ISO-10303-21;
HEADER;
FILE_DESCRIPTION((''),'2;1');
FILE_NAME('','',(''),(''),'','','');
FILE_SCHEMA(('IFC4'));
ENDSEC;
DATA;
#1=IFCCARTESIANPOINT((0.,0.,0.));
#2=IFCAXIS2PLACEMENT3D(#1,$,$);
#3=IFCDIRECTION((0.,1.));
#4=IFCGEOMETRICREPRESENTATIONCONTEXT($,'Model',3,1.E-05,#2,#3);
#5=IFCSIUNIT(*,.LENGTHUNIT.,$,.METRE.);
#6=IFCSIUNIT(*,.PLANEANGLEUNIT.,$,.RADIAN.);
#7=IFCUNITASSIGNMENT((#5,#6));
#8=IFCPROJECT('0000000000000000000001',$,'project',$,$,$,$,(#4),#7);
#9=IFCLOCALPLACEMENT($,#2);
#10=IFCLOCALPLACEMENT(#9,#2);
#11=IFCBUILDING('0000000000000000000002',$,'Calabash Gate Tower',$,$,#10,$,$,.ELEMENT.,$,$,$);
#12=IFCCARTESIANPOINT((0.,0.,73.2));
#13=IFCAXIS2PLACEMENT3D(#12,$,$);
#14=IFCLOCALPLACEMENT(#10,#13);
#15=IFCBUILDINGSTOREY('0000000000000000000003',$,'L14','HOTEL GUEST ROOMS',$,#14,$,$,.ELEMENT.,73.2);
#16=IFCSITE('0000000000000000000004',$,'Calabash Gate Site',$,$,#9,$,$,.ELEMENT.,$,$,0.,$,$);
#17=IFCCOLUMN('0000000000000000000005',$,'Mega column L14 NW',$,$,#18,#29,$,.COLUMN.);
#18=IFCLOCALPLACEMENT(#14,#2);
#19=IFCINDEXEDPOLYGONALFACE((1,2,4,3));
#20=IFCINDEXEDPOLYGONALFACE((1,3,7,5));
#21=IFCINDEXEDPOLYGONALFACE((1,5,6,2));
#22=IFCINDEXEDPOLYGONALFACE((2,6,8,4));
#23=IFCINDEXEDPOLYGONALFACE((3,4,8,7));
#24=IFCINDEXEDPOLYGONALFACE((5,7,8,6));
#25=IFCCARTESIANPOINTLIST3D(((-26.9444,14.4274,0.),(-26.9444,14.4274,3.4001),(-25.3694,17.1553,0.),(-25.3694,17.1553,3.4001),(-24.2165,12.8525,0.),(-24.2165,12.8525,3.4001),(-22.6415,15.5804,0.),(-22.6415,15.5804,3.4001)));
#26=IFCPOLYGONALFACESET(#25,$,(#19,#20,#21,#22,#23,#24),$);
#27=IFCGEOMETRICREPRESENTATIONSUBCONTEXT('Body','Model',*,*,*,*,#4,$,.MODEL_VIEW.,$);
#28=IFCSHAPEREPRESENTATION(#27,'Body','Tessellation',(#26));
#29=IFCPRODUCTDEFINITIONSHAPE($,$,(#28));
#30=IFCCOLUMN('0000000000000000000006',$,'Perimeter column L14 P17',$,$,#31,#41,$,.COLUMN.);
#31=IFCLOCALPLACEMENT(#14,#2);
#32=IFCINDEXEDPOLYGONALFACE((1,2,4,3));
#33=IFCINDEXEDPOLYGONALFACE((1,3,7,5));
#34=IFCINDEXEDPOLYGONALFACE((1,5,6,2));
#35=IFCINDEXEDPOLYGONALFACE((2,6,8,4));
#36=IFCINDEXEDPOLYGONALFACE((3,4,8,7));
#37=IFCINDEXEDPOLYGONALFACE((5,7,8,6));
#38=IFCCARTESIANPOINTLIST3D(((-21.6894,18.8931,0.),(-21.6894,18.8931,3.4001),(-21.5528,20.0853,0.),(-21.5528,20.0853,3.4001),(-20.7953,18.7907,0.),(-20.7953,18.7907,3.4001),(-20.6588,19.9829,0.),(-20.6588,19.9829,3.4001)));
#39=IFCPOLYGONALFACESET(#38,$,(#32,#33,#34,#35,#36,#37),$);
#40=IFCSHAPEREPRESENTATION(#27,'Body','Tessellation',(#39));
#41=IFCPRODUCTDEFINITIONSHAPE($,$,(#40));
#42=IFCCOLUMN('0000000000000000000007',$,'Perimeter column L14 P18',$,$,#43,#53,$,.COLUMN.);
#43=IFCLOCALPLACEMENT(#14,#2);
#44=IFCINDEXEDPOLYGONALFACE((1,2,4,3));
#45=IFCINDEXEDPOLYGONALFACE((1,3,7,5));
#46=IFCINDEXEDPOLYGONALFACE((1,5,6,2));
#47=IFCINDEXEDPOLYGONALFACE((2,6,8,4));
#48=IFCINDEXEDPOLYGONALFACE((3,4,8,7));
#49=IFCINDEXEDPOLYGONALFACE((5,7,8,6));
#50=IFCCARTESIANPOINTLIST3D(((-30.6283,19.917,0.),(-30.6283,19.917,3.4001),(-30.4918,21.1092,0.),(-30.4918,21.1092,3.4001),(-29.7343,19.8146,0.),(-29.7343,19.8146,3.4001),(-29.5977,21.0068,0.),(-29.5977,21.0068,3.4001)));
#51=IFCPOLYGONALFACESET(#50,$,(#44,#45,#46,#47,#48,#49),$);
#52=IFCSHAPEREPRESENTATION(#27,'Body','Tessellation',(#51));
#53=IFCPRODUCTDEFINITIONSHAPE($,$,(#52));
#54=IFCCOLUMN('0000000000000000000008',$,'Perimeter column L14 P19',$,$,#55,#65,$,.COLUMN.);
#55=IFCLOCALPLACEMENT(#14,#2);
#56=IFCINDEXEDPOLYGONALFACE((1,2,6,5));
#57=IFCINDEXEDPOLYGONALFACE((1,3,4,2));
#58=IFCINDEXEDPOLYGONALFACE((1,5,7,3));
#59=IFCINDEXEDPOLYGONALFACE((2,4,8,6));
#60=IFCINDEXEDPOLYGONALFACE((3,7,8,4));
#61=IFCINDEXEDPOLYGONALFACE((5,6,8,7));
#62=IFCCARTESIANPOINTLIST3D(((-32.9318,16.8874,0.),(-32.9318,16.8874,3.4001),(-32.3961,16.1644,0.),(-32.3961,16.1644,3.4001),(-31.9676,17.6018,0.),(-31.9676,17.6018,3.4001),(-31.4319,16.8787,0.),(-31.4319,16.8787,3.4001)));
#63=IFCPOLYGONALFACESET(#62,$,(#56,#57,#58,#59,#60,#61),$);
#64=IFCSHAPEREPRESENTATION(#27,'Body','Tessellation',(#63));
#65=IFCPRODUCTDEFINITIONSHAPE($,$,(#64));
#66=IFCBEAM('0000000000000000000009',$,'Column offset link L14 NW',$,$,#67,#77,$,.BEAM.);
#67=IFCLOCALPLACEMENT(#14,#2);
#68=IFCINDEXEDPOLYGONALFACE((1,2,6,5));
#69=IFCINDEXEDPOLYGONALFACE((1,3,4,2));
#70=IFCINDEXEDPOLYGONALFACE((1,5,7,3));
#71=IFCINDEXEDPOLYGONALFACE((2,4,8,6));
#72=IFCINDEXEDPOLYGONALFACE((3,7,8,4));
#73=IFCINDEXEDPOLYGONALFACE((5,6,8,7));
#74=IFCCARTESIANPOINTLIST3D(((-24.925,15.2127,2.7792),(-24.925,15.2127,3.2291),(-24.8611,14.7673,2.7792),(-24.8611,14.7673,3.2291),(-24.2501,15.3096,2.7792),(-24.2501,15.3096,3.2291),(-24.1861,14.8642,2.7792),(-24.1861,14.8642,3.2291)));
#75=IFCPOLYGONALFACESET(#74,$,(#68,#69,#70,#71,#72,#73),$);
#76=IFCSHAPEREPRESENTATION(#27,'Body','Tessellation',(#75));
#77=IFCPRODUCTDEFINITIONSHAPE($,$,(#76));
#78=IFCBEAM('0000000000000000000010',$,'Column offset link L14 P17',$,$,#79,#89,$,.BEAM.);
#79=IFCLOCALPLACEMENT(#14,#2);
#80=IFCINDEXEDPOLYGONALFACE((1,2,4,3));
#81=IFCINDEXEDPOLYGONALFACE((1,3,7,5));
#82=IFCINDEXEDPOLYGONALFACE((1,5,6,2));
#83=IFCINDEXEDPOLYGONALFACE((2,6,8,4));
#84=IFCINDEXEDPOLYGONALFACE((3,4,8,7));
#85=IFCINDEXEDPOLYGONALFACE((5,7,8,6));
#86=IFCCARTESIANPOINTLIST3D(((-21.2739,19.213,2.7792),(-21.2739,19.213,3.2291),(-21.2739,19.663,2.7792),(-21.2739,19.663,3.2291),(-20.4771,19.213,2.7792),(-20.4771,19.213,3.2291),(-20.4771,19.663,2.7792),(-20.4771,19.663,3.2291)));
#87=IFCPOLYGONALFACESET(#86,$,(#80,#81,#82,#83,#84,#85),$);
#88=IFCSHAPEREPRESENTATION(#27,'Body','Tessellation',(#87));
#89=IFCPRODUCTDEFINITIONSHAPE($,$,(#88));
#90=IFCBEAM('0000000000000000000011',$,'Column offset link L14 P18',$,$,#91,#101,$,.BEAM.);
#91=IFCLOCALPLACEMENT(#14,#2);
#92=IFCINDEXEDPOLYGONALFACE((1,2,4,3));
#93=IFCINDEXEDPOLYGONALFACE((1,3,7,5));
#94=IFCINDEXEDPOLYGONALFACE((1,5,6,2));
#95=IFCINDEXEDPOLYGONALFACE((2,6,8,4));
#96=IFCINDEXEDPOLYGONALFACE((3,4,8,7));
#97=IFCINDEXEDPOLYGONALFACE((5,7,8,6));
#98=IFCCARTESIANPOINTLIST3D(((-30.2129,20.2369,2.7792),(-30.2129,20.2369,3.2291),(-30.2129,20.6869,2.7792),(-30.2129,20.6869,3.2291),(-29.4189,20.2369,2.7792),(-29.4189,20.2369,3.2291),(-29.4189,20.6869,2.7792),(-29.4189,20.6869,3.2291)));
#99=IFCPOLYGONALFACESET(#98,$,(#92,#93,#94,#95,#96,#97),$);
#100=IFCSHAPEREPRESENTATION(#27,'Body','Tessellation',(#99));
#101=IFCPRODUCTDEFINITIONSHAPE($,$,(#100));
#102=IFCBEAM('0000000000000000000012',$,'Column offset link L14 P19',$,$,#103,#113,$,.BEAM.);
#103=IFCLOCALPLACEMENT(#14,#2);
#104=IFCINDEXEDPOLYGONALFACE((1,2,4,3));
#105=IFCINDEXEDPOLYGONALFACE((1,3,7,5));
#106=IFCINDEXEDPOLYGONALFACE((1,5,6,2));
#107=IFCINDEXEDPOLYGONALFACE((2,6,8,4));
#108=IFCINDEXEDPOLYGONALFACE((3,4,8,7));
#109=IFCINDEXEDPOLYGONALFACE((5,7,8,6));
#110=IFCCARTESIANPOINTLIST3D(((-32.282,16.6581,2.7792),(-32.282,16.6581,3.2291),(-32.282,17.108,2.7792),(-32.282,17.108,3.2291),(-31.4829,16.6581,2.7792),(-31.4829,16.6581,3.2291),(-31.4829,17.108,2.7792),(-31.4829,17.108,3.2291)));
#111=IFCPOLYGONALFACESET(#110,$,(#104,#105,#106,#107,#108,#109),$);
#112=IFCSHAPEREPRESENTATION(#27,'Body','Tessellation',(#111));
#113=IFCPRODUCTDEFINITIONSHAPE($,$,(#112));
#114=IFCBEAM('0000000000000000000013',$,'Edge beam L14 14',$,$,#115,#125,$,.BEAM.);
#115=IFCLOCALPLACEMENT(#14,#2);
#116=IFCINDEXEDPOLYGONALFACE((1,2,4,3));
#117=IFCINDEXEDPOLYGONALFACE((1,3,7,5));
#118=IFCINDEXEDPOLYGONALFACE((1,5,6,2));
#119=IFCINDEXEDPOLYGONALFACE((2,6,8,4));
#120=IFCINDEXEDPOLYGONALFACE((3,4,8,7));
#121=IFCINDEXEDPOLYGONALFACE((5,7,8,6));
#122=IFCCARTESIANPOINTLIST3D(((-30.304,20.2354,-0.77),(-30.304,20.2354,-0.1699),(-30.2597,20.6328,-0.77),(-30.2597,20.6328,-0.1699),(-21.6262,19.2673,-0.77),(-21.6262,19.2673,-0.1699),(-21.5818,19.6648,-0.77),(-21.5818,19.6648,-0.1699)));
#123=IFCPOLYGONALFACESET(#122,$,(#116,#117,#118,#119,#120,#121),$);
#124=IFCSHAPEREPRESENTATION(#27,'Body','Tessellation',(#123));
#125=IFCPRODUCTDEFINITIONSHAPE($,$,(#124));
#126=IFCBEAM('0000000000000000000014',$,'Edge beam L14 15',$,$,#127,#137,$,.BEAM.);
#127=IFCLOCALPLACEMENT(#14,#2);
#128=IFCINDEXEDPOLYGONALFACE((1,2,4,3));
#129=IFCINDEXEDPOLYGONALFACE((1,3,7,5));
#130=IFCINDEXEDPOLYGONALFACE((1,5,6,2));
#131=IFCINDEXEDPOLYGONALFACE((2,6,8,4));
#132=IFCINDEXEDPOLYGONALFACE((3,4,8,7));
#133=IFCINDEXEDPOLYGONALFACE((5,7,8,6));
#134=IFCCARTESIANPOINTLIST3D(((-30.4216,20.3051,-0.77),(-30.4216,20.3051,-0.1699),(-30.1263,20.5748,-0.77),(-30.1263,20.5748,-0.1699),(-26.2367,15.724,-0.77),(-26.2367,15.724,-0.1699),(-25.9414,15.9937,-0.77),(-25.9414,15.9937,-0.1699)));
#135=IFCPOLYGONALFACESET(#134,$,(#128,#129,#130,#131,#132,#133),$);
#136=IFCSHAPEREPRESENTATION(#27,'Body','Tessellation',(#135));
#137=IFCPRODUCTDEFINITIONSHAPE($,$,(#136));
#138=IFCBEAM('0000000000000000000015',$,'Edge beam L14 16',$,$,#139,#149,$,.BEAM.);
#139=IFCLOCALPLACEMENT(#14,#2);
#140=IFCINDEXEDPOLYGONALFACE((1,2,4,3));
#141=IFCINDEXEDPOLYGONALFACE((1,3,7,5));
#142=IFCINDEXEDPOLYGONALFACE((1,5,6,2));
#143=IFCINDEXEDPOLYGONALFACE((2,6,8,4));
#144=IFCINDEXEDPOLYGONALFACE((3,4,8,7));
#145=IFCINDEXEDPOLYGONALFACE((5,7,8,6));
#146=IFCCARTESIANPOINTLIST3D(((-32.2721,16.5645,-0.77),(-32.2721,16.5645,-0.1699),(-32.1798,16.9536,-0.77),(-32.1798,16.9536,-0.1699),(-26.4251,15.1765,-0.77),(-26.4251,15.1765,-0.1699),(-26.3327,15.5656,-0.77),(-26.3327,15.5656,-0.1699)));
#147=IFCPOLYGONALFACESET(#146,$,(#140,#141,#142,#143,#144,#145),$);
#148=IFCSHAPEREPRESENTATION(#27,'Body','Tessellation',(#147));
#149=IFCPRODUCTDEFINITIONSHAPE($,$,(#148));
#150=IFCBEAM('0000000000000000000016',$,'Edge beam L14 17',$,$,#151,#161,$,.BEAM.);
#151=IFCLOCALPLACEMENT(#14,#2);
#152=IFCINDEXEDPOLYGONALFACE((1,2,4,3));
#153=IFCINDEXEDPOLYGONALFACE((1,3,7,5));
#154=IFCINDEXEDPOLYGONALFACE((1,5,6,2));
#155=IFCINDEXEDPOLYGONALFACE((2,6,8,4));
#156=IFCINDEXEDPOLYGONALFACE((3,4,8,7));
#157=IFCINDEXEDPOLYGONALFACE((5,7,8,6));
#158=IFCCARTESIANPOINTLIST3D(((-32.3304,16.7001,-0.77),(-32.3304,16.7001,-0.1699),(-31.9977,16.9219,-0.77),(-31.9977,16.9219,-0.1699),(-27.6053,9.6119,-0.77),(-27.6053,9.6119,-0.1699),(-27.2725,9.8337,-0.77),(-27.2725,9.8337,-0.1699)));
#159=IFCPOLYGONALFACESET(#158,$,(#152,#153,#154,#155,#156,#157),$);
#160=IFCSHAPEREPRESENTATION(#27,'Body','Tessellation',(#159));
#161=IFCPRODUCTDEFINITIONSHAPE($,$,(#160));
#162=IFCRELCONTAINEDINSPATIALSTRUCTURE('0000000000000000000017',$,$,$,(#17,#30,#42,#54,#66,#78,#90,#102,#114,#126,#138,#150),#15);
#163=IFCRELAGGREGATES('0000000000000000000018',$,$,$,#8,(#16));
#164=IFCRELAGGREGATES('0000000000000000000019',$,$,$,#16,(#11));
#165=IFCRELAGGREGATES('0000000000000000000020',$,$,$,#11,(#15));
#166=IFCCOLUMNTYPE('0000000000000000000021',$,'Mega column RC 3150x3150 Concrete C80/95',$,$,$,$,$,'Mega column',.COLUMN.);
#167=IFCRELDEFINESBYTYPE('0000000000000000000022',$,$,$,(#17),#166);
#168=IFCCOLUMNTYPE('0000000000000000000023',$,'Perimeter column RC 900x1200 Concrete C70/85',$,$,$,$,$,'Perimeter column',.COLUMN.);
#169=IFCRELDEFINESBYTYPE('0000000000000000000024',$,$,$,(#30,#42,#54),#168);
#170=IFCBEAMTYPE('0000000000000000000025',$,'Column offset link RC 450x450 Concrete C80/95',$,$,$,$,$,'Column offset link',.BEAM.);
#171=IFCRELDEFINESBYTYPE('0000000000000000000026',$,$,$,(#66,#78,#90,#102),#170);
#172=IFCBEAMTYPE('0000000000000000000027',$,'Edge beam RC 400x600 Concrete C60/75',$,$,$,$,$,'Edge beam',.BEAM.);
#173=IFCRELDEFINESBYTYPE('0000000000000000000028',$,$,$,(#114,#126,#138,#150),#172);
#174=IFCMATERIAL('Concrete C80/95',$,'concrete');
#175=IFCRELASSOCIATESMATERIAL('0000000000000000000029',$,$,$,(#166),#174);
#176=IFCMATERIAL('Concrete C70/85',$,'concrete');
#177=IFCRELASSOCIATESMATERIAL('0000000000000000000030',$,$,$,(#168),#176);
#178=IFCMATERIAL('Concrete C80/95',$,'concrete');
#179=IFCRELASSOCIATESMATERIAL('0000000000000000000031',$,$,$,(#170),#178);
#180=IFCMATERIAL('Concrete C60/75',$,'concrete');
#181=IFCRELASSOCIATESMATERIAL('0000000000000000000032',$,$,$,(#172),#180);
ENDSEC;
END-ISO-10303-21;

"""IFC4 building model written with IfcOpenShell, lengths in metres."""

from ifc_helpers import new_model, si_unit, direction, frame, origin, origin_2d, place, context, subcontext, project, spatial, rectangle, extrude, material, material_profile, profile_set, type_object, element, save


model = new_model("IFC4")

# Units and contexts
model_context = context("Model", 3, precision=1e-05, world=origin(), true_north=direction((0.0, 1.0)))
body_context = subcontext(model_context, "Body", "Model", "MODEL_VIEW")
ifc_project = project(units=[si_unit("LENGTHUNIT", "METRE"), si_unit("PLANEANGLEUNIT", "RADIAN")], contexts=[model_context])

# Site, building, storey
site_placement = place(None, origin())
site = spatial("IfcSite", under=ifc_project, at=site_placement, Name="Calabash Gate Site", CompositionType="ELEMENT", RefElevation=0.0)
building_placement = place(site_placement, origin())
building = spatial("IfcBuilding", under=site, at=building_placement, Name="Calabash Gate Tower", CompositionType="ELEMENT")
storey_placement = place(building_placement, frame((0.0, 0.0, 73.2)))
storey = spatial("IfcBuildingStorey", under=building, at=storey_placement, Name="L14", Description="HOTEL GUEST ROOMS", CompositionType="ELEMENT", Elevation=73.2)

# Columns
ifc_material_1 = material(Name="Concrete C80/95", Category="concrete")
ifc_material_profile_1 = material_profile(ifc_material_1, rectangle(XDim=3.1499, YDim=3.1499, at=origin_2d()))
ifc_profile_set_1 = profile_set([ifc_material_profile_1], Name="Concrete C80/95")
column_type_1 = type_object("IfcColumnType", Name="Mega column RC 3150x3150 Concrete C80/95", ElementType="Mega column", PredefinedType="COLUMN", material=ifc_profile_set_1)
column_placement = place(storey_placement, frame((-24.793, 15.0039, 0.0), z_axis=(0.0, 0.0, 1.0), x_axis=(0.866025, -0.5, 0.0)))
element("IfcColumn", 1, at=column_placement, inside=storey, type_object=column_type_1, Name="Mega column L14 NW", PredefinedType="COLUMN", context=body_context, shape_type="SweptSolid", body=[
    extrude(rectangle(XDim=3.1499, YDim=3.1499, at=origin_2d()), origin(), (0.0, 0.0, 1.0), 3.4001),
])
ifc_material_2 = material(Name="Concrete C70/85", Category="concrete")
ifc_material_profile_2 = material_profile(ifc_material_2, rectangle(XDim=0.8999, YDim=1.2, at=origin_2d()))
ifc_profile_set_2 = profile_set([ifc_material_profile_2], Name="Concrete C70/85")
column_type_2 = type_object("IfcColumnType", Name="Perimeter column RC 900x1200 Concrete C70/85", ElementType="Perimeter column", PredefinedType="COLUMN", material=ifc_profile_set_2)
for number, where, z_axis, x_axis, name in (
    (2, (-21.1741, 19.438, 0.0), (0.0, 0.0, 1.0), (-0.993506, 0.113777, 0.0), "Perimeter column L14 P17"),
    (3, (-30.113, 20.4619, 0.0), (0.0, 0.0, 1.0), (-0.993506, 0.113777, 0.0), "Perimeter column L14 P18"),
    (4, (-32.1819, 16.8831, 0.0), (0.0, 0.0, 1.0), (0.595287, -0.803513, 0.0), "Perimeter column L14 P19"),
):
    element("IfcColumn", number, at=place(storey_placement, frame(where, z_axis=z_axis, x_axis=x_axis)), inside=storey, type_object=column_type_2, Name=name, PredefinedType="COLUMN", context=body_context, shape_type="SweptSolid", body=[
        extrude(rectangle(XDim=0.8999, YDim=1.2, at=origin_2d()), origin(), (0.0, 0.0, 1.0), 3.4001),
    ])

# Beams
ifc_material_3 = material(Name="Concrete C80/95", Category="concrete")
ifc_material_profile_3 = material_profile(ifc_material_3, rectangle(XDim=0.45, YDim=0.45, at=origin_2d()))
ifc_profile_set_3 = profile_set([ifc_material_profile_3], Name="Concrete C80/95")
beam_type_1 = type_object("IfcBeamType", Name="Column offset link RC 450x450 Concrete C80/95", ElementType="Column offset link", PredefinedType="BEAM", material=ifc_profile_set_3)
beam_1_placement = place(storey_placement, frame((-24.8931, 14.99, 3.0042), z_axis=(0.989849, 0.142123, 0.0), x_axis=(-0.142123, 0.989849, 0.0)))
element("IfcBeam", 5, at=beam_1_placement, inside=storey, type_object=beam_type_1, Name="Column offset link L14 NW", PredefinedType="BEAM", context=body_context, shape_type="SweptSolid", body=[
    extrude(rectangle(XDim=0.45, YDim=0.45, at=origin_2d()), origin(), (0.0, 0.0, 1.0), 0.6819),
])
beam_2_placement = place(storey_placement, frame((-21.2739, 19.438, 3.0042), z_axis=(1.0, 0.0, 0.0), x_axis=(0.0, 1.0, 0.0)))
element("IfcBeam", 6, at=beam_2_placement, inside=storey, type_object=beam_type_1, Name="Column offset link L14 P17", PredefinedType="BEAM", context=body_context, shape_type="SweptSolid", body=[
    extrude(rectangle(XDim=0.45, YDim=0.45, at=origin_2d()), origin(), (0.0, 0.0, 1.0), 0.7969),
])
beam_3_placement = place(storey_placement, frame((-30.2129, 20.4619, 3.0042), z_axis=(1.0, 0.0, 0.0), x_axis=(0.0, 1.0, 0.0)))
element("IfcBeam", 7, at=beam_3_placement, inside=storey, type_object=beam_type_1, Name="Column offset link L14 P18", PredefinedType="BEAM", context=body_context, shape_type="SweptSolid", body=[
    extrude(rectangle(XDim=0.45, YDim=0.45, at=origin_2d()), origin(), (0.0, 0.0, 1.0), 0.7939),
])
beam_4_placement = place(storey_placement, frame((-32.282, 16.8831, 3.0042), z_axis=(1.0, 0.0, 0.0), x_axis=(0.0, 1.0, 0.0)))
element("IfcBeam", 8, at=beam_4_placement, inside=storey, type_object=beam_type_1, Name="Column offset link L14 P19", PredefinedType="BEAM", context=body_context, shape_type="SweptSolid", body=[
    extrude(rectangle(XDim=0.45, YDim=0.45, at=origin_2d()), origin(), (0.0, 0.0, 1.0), 0.7991),
])
ifc_material_4 = material(Name="Concrete C60/75", Category="concrete")
ifc_material_profile_4 = material_profile(ifc_material_4, rectangle(XDim=0.3999, YDim=0.6001, at=origin_2d()))
ifc_profile_set_4 = profile_set([ifc_material_profile_4], Name="Concrete C60/75")
beam_type_2 = type_object("IfcBeamType", Name="Edge beam RC 400x600 Concrete C60/75", ElementType="Edge beam", PredefinedType="BEAM", material=ifc_profile_set_4)
beam_5_placement = place(storey_placement, frame((-21.604, 19.4661, -0.47), z_axis=(-0.993836, 0.110861, 0.0), x_axis=(-0.110861, -0.993836, 0.0)))
element("IfcBeam", 9, at=beam_5_placement, inside=storey, type_object=beam_type_2, Name="Edge beam L14 14", PredefinedType="BEAM", context=body_context, shape_type="SweptSolid", body=[
    extrude(rectangle(XDim=0.3999, YDim=0.6001, at=origin_2d()), origin(), (0.0, 0.0, 1.0), 8.7317),
])
beam_6_placement = place(storey_placement, frame((-30.2739, 20.4399, -0.47), z_axis=(0.674455, -0.738316, 0.0), x_axis=(0.738316, 0.674455, 0.0)))
element("IfcBeam", 10, at=beam_6_placement, inside=storey, type_object=beam_type_2, Name="Edge beam L14 15", PredefinedType="BEAM", context=body_context, shape_type="SweptSolid", body=[
    extrude(rectangle(XDim=0.3999, YDim=0.6001, at=origin_2d()), origin(), (0.0, 0.0, 1.0), 6.2048),
])
beam_7_placement = place(storey_placement, frame((-26.3789, 15.3711, -0.47), z_axis=(-0.972965, 0.230952, 0.0), x_axis=(-0.230952, -0.972965, 0.0)))
element("IfcBeam", 11, at=beam_7_placement, inside=storey, type_object=beam_type_2, Name="Edge beam L14 16", PredefinedType="BEAM", context=body_context, shape_type="SweptSolid", body=[
    extrude(rectangle(XDim=0.3999, YDim=0.6001, at=origin_2d()), origin(), (0.0, 0.0, 1.0), 6.0095),
])
beam_8_placement = place(storey_placement, frame((-32.1641, 16.811, -0.47), z_axis=(0.554674, -0.832068, 0.0), x_axis=(0.832068, 0.554674, 0.0)))
element("IfcBeam", 12, at=beam_8_placement, inside=storey, type_object=beam_type_2, Name="Edge beam L14 17", PredefinedType="BEAM", context=body_context, shape_type="SweptSolid", body=[
    extrude(rectangle(XDim=0.3999, YDim=0.6001, at=origin_2d()), origin(), (0.0, 0.0, 1.0), 8.5188),
])

save(model, "model.ifc")
